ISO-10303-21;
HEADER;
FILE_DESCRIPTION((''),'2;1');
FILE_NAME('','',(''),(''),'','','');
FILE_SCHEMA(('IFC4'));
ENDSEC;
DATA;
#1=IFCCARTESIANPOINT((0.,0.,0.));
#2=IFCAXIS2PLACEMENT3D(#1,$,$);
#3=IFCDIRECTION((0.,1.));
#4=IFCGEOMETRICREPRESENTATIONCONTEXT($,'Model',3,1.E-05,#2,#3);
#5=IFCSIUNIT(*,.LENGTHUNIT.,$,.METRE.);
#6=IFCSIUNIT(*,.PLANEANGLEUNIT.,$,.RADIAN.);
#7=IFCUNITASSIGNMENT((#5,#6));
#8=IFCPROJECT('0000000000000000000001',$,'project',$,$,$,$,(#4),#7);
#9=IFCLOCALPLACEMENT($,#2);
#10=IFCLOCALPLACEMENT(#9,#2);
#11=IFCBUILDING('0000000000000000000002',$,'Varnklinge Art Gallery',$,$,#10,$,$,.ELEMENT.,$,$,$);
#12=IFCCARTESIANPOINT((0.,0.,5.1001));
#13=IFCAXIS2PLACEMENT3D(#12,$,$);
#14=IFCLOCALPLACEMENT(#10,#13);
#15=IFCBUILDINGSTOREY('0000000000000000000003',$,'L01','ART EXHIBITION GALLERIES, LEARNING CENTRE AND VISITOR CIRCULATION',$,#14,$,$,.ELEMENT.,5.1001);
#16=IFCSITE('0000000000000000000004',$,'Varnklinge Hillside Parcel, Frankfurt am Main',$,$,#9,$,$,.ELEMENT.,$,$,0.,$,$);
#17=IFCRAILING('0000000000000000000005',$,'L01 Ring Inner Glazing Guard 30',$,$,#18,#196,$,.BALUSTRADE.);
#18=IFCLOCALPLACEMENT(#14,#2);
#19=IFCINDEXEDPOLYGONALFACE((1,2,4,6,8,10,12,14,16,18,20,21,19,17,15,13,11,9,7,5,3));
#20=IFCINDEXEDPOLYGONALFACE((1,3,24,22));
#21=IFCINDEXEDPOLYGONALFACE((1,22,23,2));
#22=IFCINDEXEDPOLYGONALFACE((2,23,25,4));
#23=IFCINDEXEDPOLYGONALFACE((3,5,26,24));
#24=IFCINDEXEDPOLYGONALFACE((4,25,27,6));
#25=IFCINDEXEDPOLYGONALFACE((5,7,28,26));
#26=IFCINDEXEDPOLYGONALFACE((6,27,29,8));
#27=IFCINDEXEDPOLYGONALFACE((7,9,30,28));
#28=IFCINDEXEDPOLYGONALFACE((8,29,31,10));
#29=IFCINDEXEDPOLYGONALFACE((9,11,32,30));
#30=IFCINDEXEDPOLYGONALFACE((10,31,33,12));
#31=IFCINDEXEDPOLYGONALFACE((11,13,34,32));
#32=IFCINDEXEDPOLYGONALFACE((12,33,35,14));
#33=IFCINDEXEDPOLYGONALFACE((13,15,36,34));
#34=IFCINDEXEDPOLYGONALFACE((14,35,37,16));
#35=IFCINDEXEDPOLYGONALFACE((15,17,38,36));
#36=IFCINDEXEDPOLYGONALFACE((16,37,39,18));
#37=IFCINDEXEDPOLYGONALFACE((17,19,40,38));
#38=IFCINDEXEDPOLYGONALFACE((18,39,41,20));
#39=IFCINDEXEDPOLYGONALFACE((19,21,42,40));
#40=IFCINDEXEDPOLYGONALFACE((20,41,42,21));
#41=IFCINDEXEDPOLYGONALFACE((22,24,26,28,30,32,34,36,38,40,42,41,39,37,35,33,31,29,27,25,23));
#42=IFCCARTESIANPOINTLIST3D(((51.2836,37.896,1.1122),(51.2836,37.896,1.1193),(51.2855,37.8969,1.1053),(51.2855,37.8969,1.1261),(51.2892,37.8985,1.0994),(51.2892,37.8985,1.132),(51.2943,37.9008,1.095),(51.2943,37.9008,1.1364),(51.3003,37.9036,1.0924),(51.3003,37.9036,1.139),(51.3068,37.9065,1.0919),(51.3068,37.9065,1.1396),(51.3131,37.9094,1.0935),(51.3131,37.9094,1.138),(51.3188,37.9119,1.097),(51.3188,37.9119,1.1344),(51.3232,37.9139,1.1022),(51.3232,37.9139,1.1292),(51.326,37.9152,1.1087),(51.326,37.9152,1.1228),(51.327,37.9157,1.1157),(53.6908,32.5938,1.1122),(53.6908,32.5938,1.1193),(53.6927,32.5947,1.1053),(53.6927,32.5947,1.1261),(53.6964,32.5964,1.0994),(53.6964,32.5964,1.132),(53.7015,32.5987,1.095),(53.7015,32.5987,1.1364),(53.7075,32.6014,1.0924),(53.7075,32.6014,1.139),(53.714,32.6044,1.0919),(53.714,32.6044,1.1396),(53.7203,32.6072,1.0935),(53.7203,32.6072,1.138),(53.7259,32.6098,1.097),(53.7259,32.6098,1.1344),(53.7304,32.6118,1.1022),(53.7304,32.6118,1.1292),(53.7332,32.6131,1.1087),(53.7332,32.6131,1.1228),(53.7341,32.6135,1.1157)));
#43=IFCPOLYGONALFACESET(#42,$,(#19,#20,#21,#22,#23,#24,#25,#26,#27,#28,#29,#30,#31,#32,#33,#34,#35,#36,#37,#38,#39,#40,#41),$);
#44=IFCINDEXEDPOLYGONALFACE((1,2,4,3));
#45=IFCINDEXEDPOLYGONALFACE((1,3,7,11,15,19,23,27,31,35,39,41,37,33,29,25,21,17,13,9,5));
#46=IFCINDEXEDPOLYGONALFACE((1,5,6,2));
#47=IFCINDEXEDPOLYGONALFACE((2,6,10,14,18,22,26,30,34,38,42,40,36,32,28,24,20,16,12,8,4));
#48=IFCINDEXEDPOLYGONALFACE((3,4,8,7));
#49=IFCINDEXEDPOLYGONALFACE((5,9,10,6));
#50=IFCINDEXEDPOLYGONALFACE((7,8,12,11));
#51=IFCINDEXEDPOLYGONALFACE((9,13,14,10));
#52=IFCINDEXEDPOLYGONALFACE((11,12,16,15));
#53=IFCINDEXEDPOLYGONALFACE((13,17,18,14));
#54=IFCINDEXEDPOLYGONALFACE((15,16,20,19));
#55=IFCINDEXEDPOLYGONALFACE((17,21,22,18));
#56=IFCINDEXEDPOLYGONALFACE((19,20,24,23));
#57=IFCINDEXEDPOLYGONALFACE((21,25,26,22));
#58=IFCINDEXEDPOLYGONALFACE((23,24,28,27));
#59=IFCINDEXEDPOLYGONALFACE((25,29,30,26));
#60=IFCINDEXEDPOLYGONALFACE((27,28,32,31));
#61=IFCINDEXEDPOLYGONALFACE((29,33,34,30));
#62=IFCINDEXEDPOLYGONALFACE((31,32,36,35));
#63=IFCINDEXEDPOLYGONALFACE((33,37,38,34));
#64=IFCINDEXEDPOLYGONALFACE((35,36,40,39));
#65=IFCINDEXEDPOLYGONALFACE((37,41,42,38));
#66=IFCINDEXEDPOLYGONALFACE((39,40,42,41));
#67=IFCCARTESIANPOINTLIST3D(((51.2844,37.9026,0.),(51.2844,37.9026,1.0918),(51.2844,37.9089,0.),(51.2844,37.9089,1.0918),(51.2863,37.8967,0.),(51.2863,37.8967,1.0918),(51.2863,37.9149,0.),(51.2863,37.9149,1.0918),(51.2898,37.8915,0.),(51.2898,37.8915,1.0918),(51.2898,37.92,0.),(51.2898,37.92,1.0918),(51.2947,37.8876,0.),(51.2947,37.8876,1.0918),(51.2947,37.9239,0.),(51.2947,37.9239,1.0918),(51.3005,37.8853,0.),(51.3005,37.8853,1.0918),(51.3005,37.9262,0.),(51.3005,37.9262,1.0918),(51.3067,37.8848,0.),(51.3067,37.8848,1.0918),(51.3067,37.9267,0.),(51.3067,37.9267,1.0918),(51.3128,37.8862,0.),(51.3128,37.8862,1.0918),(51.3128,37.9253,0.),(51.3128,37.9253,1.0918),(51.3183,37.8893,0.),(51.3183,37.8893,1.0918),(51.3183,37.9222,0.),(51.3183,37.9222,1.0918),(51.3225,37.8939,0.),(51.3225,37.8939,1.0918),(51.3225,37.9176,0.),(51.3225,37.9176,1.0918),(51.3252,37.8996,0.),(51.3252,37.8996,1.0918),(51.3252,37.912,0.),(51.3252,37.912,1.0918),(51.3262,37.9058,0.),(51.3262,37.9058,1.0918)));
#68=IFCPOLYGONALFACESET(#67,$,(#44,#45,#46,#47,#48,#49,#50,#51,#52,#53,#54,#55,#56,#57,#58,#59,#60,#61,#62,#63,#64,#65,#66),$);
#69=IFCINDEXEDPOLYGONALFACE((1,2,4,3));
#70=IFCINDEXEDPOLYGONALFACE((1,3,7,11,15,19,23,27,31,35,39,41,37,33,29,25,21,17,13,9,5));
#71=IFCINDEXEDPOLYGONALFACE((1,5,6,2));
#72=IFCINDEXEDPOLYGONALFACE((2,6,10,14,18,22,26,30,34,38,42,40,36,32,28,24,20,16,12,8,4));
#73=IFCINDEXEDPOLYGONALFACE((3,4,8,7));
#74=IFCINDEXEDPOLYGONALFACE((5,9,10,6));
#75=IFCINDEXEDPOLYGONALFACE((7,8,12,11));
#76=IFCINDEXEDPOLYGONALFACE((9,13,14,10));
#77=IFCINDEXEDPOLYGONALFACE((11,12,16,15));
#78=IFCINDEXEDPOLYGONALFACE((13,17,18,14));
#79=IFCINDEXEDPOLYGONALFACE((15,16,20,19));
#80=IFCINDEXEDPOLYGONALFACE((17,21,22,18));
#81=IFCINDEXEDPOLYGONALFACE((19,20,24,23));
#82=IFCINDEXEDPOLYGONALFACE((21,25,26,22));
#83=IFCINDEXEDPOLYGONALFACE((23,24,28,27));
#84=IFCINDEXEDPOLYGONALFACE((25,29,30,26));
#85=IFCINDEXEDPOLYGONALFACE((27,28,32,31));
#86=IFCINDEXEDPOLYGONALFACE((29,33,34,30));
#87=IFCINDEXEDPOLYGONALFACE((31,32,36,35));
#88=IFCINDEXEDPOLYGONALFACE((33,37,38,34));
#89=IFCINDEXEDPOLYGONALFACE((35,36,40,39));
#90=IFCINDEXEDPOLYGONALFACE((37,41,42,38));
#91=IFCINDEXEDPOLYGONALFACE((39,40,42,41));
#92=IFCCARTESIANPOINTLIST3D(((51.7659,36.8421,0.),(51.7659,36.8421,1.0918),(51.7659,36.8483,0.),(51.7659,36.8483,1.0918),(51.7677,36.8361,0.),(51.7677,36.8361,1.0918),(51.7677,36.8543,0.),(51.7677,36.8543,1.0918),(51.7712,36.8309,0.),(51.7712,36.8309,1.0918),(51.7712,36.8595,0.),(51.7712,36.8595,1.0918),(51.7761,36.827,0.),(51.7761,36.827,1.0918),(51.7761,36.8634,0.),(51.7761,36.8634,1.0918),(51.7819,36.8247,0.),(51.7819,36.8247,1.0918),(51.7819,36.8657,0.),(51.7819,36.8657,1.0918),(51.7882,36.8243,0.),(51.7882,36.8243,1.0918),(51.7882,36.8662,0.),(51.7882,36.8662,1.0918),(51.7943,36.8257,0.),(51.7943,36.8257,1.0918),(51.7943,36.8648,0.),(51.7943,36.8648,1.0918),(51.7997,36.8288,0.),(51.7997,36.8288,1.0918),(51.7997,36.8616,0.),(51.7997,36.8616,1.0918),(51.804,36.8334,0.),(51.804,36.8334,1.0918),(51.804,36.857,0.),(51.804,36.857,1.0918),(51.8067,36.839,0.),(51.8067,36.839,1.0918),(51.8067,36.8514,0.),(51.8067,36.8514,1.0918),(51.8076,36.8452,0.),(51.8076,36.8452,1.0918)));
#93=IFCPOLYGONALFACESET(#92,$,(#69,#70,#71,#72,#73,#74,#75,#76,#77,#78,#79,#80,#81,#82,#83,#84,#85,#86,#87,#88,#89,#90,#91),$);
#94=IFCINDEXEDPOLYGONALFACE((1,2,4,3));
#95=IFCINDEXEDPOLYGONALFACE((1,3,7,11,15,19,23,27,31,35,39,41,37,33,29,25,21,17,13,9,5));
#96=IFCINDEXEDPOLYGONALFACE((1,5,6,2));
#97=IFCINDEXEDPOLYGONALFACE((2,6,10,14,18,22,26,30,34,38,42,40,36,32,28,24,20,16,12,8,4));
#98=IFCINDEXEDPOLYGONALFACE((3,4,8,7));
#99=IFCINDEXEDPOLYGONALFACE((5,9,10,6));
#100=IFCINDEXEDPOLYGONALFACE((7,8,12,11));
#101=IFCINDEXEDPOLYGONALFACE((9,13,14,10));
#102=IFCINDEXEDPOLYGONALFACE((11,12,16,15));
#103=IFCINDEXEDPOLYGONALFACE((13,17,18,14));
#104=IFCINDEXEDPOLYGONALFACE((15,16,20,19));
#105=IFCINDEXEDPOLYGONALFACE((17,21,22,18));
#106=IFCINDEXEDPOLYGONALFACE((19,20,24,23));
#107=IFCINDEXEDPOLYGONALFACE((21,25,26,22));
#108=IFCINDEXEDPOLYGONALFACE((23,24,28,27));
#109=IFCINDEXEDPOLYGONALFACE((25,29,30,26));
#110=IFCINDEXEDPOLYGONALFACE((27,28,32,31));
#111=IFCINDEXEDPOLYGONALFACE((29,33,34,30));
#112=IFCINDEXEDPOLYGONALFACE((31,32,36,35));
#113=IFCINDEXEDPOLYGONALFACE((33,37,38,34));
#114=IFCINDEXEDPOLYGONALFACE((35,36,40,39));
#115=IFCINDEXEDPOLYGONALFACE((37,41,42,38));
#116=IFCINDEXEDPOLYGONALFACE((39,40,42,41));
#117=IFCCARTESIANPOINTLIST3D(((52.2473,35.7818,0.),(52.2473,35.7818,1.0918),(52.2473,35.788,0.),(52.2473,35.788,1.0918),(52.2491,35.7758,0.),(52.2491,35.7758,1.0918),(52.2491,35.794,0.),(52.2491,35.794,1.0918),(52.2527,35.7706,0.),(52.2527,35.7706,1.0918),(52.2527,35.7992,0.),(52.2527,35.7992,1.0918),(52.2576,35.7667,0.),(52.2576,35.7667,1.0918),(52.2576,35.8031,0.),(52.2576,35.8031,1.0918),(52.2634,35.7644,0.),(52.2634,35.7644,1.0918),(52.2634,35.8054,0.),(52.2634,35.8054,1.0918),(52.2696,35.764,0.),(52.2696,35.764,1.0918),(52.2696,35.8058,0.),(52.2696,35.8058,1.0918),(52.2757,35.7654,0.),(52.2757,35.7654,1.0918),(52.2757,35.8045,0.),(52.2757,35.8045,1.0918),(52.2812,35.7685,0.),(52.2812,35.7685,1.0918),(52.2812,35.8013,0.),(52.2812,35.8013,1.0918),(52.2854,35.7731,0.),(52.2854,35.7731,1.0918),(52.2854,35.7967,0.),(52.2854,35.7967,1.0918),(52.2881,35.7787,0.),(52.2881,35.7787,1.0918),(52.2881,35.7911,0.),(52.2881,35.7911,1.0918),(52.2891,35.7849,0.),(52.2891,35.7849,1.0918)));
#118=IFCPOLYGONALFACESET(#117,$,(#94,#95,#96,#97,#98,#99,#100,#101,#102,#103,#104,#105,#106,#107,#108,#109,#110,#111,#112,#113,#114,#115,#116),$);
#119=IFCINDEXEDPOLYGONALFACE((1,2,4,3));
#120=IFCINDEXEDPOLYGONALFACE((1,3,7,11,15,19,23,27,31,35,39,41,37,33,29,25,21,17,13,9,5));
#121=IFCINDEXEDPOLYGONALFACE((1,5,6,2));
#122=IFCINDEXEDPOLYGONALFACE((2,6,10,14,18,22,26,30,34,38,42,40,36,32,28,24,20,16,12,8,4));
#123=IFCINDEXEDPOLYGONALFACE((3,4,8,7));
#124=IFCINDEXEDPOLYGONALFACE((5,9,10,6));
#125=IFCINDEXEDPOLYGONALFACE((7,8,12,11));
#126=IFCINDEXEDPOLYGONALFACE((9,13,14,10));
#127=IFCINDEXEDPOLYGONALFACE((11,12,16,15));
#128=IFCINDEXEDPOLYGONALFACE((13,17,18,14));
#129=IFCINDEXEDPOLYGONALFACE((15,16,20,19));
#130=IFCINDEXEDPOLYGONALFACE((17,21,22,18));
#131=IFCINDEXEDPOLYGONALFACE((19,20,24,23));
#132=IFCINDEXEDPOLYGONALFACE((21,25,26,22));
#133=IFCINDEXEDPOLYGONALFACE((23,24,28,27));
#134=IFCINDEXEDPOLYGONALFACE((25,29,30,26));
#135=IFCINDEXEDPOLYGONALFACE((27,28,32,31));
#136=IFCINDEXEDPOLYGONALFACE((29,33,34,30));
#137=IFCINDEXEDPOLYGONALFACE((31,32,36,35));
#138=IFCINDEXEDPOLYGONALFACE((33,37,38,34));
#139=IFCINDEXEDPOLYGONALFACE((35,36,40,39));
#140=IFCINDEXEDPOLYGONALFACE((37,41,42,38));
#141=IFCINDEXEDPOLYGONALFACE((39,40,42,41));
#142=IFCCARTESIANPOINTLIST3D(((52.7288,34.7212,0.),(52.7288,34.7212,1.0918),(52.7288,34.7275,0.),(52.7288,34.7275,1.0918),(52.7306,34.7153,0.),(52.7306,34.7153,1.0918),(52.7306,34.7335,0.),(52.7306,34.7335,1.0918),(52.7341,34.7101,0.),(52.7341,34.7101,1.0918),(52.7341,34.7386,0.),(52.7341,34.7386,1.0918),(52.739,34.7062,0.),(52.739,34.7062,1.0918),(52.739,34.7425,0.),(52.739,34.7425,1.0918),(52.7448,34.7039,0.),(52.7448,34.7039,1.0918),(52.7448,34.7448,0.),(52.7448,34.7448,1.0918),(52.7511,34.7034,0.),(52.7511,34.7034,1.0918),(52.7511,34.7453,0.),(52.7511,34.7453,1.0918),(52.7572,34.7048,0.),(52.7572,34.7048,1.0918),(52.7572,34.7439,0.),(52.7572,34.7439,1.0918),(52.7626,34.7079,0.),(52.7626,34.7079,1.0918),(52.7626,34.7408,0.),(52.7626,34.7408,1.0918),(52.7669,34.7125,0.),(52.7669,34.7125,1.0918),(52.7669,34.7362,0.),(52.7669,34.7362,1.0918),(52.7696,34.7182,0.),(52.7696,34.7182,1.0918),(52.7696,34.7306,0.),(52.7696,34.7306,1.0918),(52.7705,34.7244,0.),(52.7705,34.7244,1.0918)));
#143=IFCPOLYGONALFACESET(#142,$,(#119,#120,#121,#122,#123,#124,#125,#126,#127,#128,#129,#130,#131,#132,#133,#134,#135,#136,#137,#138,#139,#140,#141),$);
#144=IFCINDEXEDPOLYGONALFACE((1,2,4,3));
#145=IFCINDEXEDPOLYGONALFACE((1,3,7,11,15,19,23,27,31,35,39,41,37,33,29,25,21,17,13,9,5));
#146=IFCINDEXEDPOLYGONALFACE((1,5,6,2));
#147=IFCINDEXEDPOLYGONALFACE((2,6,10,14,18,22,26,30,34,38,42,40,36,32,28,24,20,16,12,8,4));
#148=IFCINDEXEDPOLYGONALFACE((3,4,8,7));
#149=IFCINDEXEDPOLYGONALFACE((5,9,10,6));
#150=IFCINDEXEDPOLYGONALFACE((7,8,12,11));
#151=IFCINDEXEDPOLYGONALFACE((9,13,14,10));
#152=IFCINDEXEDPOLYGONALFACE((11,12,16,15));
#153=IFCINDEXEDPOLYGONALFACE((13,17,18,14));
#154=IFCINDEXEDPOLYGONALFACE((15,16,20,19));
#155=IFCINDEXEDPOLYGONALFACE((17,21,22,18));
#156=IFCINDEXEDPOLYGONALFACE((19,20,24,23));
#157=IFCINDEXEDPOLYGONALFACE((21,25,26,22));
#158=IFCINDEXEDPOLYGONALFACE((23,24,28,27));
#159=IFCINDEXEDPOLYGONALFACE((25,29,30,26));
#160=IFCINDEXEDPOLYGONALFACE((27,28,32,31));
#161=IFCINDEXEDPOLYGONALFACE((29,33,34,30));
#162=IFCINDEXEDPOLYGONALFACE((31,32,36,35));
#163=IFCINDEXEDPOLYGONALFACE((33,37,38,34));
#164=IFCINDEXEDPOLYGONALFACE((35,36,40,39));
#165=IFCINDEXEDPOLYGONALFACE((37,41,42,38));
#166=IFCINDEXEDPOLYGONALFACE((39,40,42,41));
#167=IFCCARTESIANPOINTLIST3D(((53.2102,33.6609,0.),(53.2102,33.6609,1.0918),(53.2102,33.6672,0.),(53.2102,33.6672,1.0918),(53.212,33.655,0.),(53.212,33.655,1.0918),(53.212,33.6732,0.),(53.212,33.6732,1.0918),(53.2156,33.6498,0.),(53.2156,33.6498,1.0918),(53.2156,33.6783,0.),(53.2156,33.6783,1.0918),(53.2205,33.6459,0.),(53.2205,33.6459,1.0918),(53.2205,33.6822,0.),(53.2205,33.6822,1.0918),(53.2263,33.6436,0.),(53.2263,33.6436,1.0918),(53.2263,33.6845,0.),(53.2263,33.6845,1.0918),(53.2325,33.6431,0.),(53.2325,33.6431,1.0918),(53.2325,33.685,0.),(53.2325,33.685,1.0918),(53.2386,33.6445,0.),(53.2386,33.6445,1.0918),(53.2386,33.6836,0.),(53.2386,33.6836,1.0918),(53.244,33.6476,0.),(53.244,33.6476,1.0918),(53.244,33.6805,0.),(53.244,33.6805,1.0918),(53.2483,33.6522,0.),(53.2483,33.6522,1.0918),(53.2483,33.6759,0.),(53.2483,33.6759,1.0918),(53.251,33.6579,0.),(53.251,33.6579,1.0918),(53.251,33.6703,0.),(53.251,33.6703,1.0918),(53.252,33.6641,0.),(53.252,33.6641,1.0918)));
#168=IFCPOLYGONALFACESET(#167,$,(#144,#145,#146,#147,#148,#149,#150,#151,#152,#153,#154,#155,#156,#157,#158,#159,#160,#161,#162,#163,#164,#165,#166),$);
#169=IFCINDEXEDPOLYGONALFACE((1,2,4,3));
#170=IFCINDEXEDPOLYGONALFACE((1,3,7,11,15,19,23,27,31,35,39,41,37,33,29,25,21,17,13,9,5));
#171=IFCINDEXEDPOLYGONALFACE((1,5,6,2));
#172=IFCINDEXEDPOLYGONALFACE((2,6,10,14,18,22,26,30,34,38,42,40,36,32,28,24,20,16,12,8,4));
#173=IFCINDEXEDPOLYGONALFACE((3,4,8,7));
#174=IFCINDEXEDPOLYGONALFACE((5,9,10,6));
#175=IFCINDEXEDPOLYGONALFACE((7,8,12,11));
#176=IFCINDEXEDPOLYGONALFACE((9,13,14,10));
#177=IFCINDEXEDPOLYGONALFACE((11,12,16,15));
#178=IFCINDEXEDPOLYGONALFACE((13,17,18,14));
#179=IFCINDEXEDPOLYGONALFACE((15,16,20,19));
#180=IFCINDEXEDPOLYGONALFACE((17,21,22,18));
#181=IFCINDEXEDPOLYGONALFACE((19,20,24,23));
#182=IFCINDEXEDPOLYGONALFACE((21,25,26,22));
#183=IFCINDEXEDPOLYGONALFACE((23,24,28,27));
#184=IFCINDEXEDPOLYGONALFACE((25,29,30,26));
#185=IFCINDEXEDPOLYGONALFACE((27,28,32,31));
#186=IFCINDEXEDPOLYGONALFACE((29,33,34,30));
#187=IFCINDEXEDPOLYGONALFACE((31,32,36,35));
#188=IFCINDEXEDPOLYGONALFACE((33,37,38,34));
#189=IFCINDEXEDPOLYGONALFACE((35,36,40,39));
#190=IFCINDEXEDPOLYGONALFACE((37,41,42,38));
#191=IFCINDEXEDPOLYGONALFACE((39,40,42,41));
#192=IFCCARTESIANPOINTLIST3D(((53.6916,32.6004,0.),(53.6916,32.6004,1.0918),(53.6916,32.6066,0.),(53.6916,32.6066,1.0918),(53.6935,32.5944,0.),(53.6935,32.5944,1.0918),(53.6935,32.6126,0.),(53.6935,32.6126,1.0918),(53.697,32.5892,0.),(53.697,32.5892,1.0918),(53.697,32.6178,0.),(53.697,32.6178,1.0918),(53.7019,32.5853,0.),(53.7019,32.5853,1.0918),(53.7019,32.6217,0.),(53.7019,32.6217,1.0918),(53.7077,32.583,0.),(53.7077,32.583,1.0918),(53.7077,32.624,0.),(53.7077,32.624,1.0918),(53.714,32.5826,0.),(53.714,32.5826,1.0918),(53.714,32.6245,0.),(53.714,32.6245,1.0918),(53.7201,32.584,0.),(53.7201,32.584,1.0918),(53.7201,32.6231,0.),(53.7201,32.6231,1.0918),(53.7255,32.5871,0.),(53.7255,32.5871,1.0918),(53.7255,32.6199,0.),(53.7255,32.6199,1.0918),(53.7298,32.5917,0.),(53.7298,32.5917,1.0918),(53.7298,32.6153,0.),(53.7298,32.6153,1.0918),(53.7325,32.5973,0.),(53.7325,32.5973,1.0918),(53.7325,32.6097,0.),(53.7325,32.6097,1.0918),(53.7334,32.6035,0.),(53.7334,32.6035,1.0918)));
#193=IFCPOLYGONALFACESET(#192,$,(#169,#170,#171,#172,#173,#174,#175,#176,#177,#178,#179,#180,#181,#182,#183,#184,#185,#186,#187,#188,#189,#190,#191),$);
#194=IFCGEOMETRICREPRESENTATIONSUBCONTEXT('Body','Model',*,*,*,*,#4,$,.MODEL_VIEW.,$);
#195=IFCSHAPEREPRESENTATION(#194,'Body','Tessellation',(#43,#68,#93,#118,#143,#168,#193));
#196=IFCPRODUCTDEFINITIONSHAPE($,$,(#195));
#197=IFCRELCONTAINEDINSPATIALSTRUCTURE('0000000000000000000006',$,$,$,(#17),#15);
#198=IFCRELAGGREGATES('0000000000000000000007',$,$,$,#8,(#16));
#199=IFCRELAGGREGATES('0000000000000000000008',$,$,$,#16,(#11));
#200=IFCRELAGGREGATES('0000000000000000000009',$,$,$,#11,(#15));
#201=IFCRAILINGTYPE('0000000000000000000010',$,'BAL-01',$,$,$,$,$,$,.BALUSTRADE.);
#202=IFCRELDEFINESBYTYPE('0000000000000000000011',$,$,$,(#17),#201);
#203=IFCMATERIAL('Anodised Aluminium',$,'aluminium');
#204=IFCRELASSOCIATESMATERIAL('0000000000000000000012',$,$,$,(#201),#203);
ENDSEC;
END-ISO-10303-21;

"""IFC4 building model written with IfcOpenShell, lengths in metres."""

from ifc_helpers import new_model, si_unit, direction, frame, origin, origin_2d, place, context, subcontext, project, spatial, circle, extrude, material, type_object, element, save


model = new_model("IFC4")

# Units and contexts
model_context = context("Model", 3, precision=1e-05, world=origin(), true_north=direction((0.0, 1.0)))
body_context = subcontext(model_context, "Body", "Model", "MODEL_VIEW")
ifc_project = project(units=[si_unit("LENGTHUNIT", "METRE"), si_unit("PLANEANGLEUNIT", "RADIAN")], contexts=[model_context])

# Site, building, storey
site_placement = place(None, origin())
site = spatial("IfcSite", under=ifc_project, at=site_placement, Name="Varnklinge Hillside Parcel, Frankfurt am Main", CompositionType="ELEMENT", RefElevation=0.0)
building_placement = place(site_placement, origin())
building = spatial("IfcBuilding", under=site, at=building_placement, Name="Varnklinge Art Gallery", CompositionType="ELEMENT")
storey_placement = place(building_placement, frame((0.0, 0.0, 5.1001)))
storey = spatial("IfcBuildingStorey", under=building, at=storey_placement, Name="L01", Description="ART EXHIBITION GALLERIES, LEARNING CENTRE AND VISITOR CIRCULATION", CompositionType="ELEMENT", Elevation=5.1001)

# Railing
ifc_material_1 = material(Name="Anodised Aluminium", Category="aluminium")
railing_type = type_object("IfcRailingType", Name="BAL-01", PredefinedType="BALUSTRADE", material=ifc_material_1)
railing_placement = place(storey_placement, frame((51.3052, 37.9058, 0.0)))
element("IfcRailing", 1, at=railing_placement, inside=storey, type_object=railing_type, Name="L01 Ring Inner Glazing Guard 30", PredefinedType="BALUSTRADE", context=body_context, shape_type="SweptSolid", body=[
    extrude(circle(Radius=0.0239, at=origin_2d()), frame((0.0, 0.0, 1.1157), z_axis=(0.413392, -0.910553, 0.0), x_axis=(0.910553, 0.413392, 0.0)), (0.0, 0.0, 1.0), 5.823),
    extrude(circle(Radius=0.021, at=origin_2d()), origin(), (0.0, 0.0, 1.0), 1.0918),
    extrude(circle(Radius=0.021, at=origin_2d()), frame((0.4814, -1.0605, 0.0)), (0.0, 0.0, 1.0), 1.0918),
    extrude(circle(Radius=0.021, at=origin_2d()), frame((0.9629, -2.1208, 0.0)), (0.0, 0.0, 1.0), 1.0918),
    extrude(circle(Radius=0.021, at=origin_2d()), frame((1.4443, -3.1814, 0.0)), (0.0, 0.0, 1.0), 1.0918),
    extrude(circle(Radius=0.021, at=origin_2d()), frame((1.9258, -4.2417, 0.0)), (0.0, 0.0, 1.0), 1.0918),
    extrude(circle(Radius=0.021, at=origin_2d()), frame((2.4072, -5.3022, 0.0)), (0.0, 0.0, 1.0), 1.0918),
])

save(model, "model.ifc")
